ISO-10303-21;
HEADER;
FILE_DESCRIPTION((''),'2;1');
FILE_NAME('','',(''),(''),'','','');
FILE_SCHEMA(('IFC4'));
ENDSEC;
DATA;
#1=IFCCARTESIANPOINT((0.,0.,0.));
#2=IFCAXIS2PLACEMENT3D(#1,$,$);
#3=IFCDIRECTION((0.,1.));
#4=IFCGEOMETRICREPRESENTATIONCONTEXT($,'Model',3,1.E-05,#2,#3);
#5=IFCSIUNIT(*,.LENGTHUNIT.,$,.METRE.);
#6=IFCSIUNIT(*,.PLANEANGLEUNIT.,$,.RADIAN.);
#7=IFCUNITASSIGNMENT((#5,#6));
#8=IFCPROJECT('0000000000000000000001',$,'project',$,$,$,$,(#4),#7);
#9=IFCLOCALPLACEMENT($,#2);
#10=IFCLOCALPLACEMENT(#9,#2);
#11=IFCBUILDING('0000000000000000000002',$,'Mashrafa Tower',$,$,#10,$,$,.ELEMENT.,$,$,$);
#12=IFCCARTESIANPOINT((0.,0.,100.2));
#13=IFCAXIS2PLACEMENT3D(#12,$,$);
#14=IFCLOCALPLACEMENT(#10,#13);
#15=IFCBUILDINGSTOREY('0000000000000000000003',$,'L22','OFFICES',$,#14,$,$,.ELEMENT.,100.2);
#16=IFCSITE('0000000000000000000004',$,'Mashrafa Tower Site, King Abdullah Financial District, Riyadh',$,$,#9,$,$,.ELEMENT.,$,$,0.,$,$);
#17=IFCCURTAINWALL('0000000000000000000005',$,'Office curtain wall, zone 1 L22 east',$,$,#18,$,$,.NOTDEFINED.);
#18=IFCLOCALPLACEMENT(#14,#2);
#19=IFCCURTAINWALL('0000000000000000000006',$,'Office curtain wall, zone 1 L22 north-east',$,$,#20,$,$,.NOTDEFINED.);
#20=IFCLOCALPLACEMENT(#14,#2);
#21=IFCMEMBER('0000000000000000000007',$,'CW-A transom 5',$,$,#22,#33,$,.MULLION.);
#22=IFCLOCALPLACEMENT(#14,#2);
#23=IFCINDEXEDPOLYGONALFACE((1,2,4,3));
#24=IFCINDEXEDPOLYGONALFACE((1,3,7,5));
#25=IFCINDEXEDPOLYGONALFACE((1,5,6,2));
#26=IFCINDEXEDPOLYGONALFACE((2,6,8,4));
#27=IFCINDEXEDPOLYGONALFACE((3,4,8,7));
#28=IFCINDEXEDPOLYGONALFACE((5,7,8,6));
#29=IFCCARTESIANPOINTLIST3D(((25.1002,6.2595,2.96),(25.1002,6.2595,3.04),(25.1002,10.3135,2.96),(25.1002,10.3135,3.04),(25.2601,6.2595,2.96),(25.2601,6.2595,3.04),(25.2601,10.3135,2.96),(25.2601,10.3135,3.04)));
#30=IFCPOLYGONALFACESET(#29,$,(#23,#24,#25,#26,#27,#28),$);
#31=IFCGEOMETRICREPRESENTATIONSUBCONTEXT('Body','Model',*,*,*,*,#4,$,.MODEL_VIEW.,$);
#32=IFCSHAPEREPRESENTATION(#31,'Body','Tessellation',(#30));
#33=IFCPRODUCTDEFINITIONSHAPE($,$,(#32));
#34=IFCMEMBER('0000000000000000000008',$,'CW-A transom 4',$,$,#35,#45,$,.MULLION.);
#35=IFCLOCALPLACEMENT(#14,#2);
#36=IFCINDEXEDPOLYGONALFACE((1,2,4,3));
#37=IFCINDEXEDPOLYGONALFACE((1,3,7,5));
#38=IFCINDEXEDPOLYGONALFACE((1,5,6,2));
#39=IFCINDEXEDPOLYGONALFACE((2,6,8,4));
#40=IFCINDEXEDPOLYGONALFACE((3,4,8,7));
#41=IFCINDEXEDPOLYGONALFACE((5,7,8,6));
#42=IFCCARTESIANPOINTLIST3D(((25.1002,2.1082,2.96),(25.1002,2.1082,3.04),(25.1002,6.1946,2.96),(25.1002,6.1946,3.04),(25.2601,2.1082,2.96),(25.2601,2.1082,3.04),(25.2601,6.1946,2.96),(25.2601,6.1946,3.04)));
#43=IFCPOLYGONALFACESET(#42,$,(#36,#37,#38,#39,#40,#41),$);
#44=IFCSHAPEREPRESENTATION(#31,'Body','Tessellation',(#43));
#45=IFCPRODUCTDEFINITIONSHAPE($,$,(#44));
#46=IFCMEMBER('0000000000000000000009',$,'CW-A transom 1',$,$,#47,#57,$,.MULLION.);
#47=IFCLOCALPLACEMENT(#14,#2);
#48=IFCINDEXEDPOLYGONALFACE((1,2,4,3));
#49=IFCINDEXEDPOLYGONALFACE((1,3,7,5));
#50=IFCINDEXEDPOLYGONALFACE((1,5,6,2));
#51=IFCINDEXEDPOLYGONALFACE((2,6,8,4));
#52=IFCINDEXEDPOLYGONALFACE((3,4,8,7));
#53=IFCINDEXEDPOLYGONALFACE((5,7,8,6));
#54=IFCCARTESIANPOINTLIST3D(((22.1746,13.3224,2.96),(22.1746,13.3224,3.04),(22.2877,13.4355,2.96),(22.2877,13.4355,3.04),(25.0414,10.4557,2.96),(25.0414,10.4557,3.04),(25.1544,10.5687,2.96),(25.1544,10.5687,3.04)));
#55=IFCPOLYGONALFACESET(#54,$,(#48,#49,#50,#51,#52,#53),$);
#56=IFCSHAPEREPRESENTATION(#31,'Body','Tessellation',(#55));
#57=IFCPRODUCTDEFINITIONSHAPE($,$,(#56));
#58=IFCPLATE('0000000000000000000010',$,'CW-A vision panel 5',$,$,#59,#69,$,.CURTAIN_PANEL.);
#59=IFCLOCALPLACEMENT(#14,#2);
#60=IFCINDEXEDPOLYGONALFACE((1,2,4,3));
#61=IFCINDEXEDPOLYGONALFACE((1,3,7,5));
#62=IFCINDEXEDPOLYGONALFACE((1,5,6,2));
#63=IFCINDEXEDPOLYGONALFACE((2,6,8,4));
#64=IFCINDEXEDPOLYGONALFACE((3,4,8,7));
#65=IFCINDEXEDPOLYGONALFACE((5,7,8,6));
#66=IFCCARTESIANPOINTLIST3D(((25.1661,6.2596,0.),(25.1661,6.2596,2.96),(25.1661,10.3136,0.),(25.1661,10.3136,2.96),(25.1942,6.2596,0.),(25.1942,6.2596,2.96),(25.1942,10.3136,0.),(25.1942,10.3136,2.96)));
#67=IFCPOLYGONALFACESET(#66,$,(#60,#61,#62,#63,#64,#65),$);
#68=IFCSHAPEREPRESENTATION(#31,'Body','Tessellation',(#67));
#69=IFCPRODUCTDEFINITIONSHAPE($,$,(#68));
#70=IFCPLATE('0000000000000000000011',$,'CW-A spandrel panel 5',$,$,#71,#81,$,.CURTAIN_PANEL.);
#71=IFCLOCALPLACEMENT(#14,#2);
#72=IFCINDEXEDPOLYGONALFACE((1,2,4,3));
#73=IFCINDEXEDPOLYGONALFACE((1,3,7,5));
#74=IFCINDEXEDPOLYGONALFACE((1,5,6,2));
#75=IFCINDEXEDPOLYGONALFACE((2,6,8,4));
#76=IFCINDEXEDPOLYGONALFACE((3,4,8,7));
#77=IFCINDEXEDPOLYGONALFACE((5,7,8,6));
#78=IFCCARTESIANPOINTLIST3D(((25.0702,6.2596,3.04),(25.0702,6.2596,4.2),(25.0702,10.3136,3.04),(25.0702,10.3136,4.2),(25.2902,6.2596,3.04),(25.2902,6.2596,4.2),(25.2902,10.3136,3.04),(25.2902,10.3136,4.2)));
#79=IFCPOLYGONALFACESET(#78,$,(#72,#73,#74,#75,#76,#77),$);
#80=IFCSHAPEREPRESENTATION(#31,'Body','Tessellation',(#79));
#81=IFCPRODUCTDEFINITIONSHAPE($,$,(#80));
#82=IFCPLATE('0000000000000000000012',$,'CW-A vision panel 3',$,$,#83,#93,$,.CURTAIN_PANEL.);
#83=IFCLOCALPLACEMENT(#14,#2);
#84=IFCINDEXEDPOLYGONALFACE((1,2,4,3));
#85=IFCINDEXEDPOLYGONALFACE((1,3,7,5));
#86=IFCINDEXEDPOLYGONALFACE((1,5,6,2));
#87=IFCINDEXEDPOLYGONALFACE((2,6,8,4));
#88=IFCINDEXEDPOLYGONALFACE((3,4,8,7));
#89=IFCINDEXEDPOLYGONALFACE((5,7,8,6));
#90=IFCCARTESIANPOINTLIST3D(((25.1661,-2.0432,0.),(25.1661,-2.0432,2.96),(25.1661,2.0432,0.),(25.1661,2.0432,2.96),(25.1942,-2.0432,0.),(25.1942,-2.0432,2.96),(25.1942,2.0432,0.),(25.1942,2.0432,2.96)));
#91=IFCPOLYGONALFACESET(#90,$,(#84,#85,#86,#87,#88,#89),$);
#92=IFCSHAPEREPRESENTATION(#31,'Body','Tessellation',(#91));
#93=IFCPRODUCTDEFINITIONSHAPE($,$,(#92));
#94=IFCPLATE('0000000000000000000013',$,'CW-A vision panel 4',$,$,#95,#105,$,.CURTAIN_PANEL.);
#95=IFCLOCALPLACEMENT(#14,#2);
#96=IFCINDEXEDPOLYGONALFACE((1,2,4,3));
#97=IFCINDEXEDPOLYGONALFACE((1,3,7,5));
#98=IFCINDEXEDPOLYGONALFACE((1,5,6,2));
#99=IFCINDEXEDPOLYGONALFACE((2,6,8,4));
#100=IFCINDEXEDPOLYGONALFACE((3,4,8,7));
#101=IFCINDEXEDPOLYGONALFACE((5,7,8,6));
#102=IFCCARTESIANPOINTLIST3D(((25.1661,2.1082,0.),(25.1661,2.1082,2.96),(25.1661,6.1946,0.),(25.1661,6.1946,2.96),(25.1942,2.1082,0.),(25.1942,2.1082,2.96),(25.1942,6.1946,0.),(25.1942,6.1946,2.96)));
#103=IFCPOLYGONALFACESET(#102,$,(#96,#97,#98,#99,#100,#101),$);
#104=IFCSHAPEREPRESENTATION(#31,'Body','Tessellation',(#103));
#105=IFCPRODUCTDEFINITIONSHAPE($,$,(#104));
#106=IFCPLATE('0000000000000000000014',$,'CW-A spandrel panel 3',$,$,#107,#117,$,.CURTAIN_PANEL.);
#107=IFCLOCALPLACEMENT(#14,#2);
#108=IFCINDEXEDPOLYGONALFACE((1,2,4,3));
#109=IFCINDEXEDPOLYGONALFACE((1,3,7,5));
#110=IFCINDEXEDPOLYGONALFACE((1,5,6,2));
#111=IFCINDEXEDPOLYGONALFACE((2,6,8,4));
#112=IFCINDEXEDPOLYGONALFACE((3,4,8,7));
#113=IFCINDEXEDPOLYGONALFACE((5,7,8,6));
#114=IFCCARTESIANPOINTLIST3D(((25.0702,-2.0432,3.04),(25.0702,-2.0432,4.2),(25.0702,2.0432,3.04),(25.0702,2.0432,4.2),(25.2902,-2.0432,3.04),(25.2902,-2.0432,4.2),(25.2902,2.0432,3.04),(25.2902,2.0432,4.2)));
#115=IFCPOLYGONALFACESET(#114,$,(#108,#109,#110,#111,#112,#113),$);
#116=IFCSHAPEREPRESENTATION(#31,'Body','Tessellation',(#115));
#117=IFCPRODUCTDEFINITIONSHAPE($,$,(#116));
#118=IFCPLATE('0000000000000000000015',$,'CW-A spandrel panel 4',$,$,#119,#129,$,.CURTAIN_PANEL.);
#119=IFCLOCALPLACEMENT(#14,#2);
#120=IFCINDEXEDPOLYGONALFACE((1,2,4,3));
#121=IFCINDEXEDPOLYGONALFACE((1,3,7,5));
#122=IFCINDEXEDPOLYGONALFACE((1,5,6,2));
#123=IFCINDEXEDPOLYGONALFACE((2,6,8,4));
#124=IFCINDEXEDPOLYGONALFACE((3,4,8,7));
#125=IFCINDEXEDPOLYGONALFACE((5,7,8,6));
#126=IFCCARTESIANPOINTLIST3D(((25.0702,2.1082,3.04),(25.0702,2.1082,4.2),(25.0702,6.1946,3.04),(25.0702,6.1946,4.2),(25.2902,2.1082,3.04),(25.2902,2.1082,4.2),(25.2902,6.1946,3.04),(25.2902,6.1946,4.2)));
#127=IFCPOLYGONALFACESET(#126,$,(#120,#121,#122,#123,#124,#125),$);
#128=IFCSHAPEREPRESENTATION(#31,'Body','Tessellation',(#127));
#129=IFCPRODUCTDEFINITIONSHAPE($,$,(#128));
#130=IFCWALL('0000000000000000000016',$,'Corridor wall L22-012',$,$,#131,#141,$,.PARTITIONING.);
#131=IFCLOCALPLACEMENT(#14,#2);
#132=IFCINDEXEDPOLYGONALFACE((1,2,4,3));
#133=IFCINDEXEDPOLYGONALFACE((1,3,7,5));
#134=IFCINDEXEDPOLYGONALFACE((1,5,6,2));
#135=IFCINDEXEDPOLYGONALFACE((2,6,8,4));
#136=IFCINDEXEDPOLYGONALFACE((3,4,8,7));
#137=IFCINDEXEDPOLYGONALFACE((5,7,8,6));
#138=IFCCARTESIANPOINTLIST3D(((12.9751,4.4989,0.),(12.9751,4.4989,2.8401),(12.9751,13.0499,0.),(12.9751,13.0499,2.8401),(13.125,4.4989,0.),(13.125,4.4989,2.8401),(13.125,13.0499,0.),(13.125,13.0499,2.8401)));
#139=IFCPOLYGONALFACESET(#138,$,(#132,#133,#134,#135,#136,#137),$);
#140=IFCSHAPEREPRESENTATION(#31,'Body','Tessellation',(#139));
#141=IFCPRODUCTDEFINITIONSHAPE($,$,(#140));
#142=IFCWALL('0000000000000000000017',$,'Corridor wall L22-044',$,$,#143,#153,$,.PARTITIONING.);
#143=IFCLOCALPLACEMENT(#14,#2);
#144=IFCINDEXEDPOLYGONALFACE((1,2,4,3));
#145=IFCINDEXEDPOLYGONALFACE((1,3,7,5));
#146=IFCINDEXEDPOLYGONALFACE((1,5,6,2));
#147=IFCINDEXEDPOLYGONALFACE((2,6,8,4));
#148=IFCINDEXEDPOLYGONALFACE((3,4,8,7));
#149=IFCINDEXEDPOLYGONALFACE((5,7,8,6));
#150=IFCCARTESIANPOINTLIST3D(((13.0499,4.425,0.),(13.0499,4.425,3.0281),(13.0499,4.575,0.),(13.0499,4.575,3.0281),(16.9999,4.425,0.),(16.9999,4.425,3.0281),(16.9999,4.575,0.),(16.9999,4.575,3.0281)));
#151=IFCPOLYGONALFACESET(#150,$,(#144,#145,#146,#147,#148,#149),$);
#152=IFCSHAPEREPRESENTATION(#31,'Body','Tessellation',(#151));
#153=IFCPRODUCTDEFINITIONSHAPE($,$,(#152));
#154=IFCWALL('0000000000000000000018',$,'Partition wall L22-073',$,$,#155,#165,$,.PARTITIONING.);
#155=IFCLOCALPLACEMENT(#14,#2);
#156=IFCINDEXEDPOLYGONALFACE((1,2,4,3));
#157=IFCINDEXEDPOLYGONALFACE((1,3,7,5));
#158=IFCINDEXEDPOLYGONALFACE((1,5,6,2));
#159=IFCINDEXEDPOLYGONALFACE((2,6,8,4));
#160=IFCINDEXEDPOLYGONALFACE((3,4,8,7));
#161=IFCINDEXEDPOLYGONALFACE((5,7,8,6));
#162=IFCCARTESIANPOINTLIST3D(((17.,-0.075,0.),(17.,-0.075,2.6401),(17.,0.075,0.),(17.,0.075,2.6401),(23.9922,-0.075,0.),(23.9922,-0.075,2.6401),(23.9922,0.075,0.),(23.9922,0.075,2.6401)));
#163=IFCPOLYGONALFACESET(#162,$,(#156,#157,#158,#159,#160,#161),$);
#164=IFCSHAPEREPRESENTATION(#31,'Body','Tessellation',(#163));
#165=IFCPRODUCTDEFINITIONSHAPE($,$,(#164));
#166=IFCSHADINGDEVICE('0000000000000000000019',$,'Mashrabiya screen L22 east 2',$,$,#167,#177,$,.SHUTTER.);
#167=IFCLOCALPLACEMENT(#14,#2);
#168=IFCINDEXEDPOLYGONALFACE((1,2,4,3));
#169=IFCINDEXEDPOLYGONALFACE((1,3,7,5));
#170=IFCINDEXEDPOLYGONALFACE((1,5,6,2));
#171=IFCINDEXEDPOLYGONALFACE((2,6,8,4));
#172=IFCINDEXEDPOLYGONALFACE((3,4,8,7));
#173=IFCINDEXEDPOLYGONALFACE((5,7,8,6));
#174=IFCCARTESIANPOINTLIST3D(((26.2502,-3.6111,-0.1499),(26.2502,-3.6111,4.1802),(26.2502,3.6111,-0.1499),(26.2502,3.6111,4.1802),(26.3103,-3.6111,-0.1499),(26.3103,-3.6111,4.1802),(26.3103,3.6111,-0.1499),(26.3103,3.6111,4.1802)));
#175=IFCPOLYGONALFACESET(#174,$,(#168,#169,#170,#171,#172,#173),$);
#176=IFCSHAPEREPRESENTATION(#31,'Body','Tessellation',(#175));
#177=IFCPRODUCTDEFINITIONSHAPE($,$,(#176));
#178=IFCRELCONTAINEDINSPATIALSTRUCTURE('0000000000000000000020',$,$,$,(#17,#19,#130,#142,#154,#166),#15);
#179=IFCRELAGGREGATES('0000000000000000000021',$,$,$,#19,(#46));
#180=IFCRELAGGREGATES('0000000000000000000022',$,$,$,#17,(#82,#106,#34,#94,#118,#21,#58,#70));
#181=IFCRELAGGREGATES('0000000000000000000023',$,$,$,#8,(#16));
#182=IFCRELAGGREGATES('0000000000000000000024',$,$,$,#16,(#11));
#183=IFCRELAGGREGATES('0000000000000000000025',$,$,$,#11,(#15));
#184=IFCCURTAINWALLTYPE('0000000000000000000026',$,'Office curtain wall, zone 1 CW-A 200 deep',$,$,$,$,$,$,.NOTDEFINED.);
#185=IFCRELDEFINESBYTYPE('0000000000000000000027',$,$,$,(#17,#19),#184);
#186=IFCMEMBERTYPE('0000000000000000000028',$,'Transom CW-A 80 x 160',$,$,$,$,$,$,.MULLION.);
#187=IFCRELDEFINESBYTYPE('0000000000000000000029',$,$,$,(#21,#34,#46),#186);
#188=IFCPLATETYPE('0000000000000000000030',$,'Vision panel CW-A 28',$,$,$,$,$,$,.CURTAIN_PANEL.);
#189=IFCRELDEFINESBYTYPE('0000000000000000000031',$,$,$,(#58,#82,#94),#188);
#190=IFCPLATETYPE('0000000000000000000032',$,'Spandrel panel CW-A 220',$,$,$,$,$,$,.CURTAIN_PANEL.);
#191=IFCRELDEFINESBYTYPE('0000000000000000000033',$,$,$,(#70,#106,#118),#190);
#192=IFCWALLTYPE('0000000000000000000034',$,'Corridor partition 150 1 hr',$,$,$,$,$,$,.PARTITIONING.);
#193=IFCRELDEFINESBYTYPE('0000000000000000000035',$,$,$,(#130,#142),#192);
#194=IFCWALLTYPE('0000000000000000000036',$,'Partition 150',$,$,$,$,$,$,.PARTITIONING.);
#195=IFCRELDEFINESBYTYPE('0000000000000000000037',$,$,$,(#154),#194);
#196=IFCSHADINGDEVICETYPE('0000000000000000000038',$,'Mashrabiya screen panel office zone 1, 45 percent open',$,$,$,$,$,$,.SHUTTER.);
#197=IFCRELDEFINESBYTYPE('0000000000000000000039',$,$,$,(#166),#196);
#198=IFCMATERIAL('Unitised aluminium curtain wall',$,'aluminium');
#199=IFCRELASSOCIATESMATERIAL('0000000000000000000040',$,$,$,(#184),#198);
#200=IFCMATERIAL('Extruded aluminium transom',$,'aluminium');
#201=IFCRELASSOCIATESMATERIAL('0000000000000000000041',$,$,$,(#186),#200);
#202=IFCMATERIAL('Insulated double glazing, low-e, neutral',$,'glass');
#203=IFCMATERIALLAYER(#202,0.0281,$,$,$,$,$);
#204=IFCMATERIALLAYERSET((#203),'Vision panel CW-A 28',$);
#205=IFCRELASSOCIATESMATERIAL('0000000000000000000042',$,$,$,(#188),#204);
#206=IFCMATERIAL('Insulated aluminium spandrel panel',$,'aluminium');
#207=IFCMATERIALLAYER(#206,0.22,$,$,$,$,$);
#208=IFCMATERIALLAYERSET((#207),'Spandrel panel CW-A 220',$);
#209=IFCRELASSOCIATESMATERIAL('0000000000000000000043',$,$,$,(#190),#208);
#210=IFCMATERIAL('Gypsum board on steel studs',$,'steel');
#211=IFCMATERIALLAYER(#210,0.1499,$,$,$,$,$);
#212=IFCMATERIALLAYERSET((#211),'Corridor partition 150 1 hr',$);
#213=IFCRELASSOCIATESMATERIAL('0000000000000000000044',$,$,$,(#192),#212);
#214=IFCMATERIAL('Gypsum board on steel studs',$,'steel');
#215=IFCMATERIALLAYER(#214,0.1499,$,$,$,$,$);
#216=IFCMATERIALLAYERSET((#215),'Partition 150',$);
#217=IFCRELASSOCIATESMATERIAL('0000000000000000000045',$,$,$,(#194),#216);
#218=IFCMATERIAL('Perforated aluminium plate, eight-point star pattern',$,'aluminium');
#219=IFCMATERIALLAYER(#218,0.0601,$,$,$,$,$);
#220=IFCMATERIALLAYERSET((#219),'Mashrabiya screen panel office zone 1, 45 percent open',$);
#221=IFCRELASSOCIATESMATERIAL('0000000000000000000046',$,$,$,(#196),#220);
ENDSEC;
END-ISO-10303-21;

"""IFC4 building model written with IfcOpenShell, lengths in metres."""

from ifc_helpers import new_model, si_unit, direction, frame, frame_2d, origin, origin_2d, place, context, subcontext, project, spatial, rectangle, extrude, source, transform, mapped, material, layer, layer_set, material_profile, profile_set, type_object, type_shapes, element, aggregate, save


model = new_model("IFC4")

# Units and contexts
model_context = context("Model", 3, precision=1e-05, world=origin(), true_north=direction((0.0, 1.0)))
body_context = subcontext(model_context, "Body", "Model", "MODEL_VIEW")
ifc_project = project(units=[si_unit("LENGTHUNIT", "METRE"), si_unit("PLANEANGLEUNIT", "RADIAN")], contexts=[model_context])

# Site, building, storey
site_placement = place(None, origin())
site = spatial("IfcSite", under=ifc_project, at=site_placement, Name="Mashrafa Tower Site, King Abdullah Financial District, Riyadh", CompositionType="ELEMENT", RefElevation=0.0)
building_placement = place(site_placement, origin())
building = spatial("IfcBuilding", under=site, at=building_placement, Name="Mashrafa Tower", CompositionType="ELEMENT")
storey_placement = place(building_placement, frame((0.0, 0.0, 100.2)))
storey = spatial("IfcBuildingStorey", under=building, at=storey_placement, Name="L22", Description="OFFICES", CompositionType="ELEMENT", Elevation=100.2)

# Curtain wall
ifc_material_1 = material(Name="Unitised aluminium curtain wall", Category="aluminium")
curtain_wall_type = type_object("IfcCurtainWallType", Name="Office curtain wall, zone 1 CW-A 200 deep", PredefinedType="NOTDEFINED", material=ifc_material_1)
curtain_wall_1_placement = place(storey_placement, origin())
curtain_wall_1 = element("IfcCurtainWall", 1, at=curtain_wall_1_placement, inside=storey, type_object=curtain_wall_type, Name="Office curtain wall, zone 1 L22 east", PredefinedType="NOTDEFINED")

# Curtain wall
curtain_wall_2_placement = place(storey_placement, origin())
curtain_wall_2 = element("IfcCurtainWall", 2, at=curtain_wall_2_placement, inside=storey, type_object=curtain_wall_type, Name="Office curtain wall, zone 1 L22 north-east", PredefinedType="NOTDEFINED")

# Members
ifc_material_2 = material(Name="Extruded aluminium transom", Category="aluminium")
ifc_material_profile_1 = material_profile(ifc_material_2, rectangle(XDim=0.1599, YDim=0.0801, at=origin_2d()), Name="Transom 80x160")
ifc_profile_set_1 = profile_set([ifc_material_profile_1], Name="Extruded aluminium transom")
member_type_1 = type_object("IfcMemberType", Name="Transom CW-A 80 x 160", PredefinedType="MULLION", material=ifc_profile_set_1)
shared_shape_1 = source(origin(), body_context, "Body", "SweptSolid", [
    extrude(rectangle(XDim=0.1599, YDim=0.0801, at=origin_2d()), origin(), (0.0, 0.0, 1.0), 4.054),
])
member_1_placement = place(storey_placement, frame((25.1802, 6.2595, 3.0), z_axis=(0.0, 1.0, 0.0), x_axis=(-1.0, 0.0, 0.0)))
member_1 = element("IfcMember", 3, at=member_1_placement, type_object=member_type_1, Name="CW-A transom 5", PredefinedType="MULLION", context=body_context, shape_type="MappedRepresentation", body=[
    mapped(shared_shape_1, transform((0.0, 0.0, 0.0))),
])
shared_shape_2 = source(origin(), body_context, "Body", "SweptSolid", [
    extrude(rectangle(XDim=0.1599, YDim=0.0801, at=origin_2d()), origin(), (0.0, 0.0, 1.0), 4.0864),
])
member_2_placement = place(storey_placement, frame((25.1802, 2.1082, 3.0), z_axis=(0.0, 1.0, 0.0), x_axis=(-1.0, 0.0, 0.0)))
member_2 = element("IfcMember", 4, at=member_2_placement, type_object=member_type_1, Name="CW-A transom 4", PredefinedType="MULLION", context=body_context, shape_type="MappedRepresentation", body=[
    mapped(shared_shape_2, transform((0.0, 0.0, 0.0))),
])
shared_shape_3 = source(origin(), body_context, "Body", "SweptSolid", [
    extrude(rectangle(XDim=0.1599, YDim=0.0801, at=origin_2d()), origin(), (0.0, 0.0, 1.0), 4.0542),
])
type_shapes(member_type_1, [shared_shape_1, shared_shape_2, shared_shape_3])
member_3_placement = place(storey_placement, frame((25.0979, 10.5122, 3.0), z_axis=(-0.707107, 0.707107, 0.0), x_axis=(-0.707107, -0.707107, 0.0)))
member_3 = element("IfcMember", 5, at=member_3_placement, type_object=member_type_1, Name="CW-A transom 1", PredefinedType="MULLION", context=body_context, shape_type="MappedRepresentation", body=[
    mapped(shared_shape_3, transform((0.0, 0.0, 0.0))),
])
aggregate(curtain_wall_2, [member_3])

# Plates
ifc_material_3 = material(Name="Insulated double glazing, low-e, neutral", Category="glass")
ifc_layer_1 = layer(ifc_material_3, 0.0281)
ifc_layer_set_1 = layer_set([ifc_layer_1], Name="Vision panel CW-A 28")
plate_type_1 = type_object("IfcPlateType", Name="Vision panel CW-A 28", PredefinedType="CURTAIN_PANEL", material=ifc_layer_set_1)
shared_shape_4 = source(origin(), body_context, "Body", "SweptSolid", [
    extrude(rectangle(XDim=4.054, YDim=0.0281, at=origin_2d()), origin(), (0.0, 0.0, 1.0), 2.96),
])
plate_1_placement = place(storey_placement, frame((25.1802, 8.2866, 0.0), z_axis=(0.0, 0.0, 1.0), x_axis=(0.0, 1.0, 0.0)))
plate_1 = element("IfcPlate", 6, at=plate_1_placement, type_object=plate_type_1, Name="CW-A vision panel 5", PredefinedType="CURTAIN_PANEL", context=body_context, shape_type="MappedRepresentation", body=[
    mapped(shared_shape_4, transform((0.0, 0.0, 0.0))),
])
ifc_material_4 = material(Name="Insulated aluminium spandrel panel", Category="aluminium")
ifc_layer_2 = layer(ifc_material_4, 0.22)
ifc_layer_set_2 = layer_set([ifc_layer_2], Name="Spandrel panel CW-A 220")
plate_type_2 = type_object("IfcPlateType", Name="Spandrel panel CW-A 220", PredefinedType="CURTAIN_PANEL", material=ifc_layer_set_2)
shared_shape_5 = source(origin(), body_context, "Body", "SweptSolid", [
    extrude(rectangle(XDim=4.054, YDim=0.22, at=origin_2d()), origin(), (0.0, 0.0, 1.0), 1.1599),
])
plate_2_placement = place(storey_placement, frame((25.1802, 8.2866, 3.04), z_axis=(0.0, 0.0, 1.0), x_axis=(0.0, 1.0, 0.0)))
plate_2 = element("IfcPlate", 7, at=plate_2_placement, type_object=plate_type_2, Name="CW-A spandrel panel 5", PredefinedType="CURTAIN_PANEL", context=body_context, shape_type="MappedRepresentation", body=[
    mapped(shared_shape_5, transform((0.0, 0.0, 0.0))),
])
shared_shape_6 = source(origin(), body_context, "Body", "SweptSolid", [
    extrude(rectangle(XDim=4.0864, YDim=0.0281, at=origin_2d()), origin(), (0.0, 0.0, 1.0), 2.96),
])
type_shapes(plate_type_1, [shared_shape_4, shared_shape_6])
plate_3_placement = place(storey_placement, frame((25.1802, 0.0, 0.0), z_axis=(0.0, 0.0, 1.0), x_axis=(0.0, 1.0, 0.0)))
plate_3 = element("IfcPlate", 8, at=plate_3_placement, type_object=plate_type_1, Name="CW-A vision panel 3", PredefinedType="CURTAIN_PANEL", context=body_context, shape_type="MappedRepresentation", body=[
    mapped(shared_shape_6, transform((0.0, 0.0, 0.0))),
])
plate_4_placement = place(storey_placement, frame((25.1802, 4.1514, 0.0), z_axis=(0.0, 0.0, 1.0), x_axis=(0.0, 1.0, 0.0)))
plate_4 = element("IfcPlate", 9, at=plate_4_placement, type_object=plate_type_1, Name="CW-A vision panel 4", PredefinedType="CURTAIN_PANEL", context=body_context, shape_type="MappedRepresentation", body=[
    mapped(shared_shape_6, transform((0.0, 0.0, 0.0))),
])
shared_shape_7 = source(origin(), body_context, "Body", "SweptSolid", [
    extrude(rectangle(XDim=4.0864, YDim=0.22, at=origin_2d()), origin(), (0.0, 0.0, 1.0), 1.1599),
])
type_shapes(plate_type_2, [shared_shape_5, shared_shape_7])
plate_5_placement = place(storey_placement, frame((25.1802, 0.0, 3.04), z_axis=(0.0, 0.0, 1.0), x_axis=(0.0, 1.0, 0.0)))
plate_5 = element("IfcPlate", 10, at=plate_5_placement, type_object=plate_type_2, Name="CW-A spandrel panel 3", PredefinedType="CURTAIN_PANEL", context=body_context, shape_type="MappedRepresentation", body=[
    mapped(shared_shape_7, transform((0.0, 0.0, 0.0))),
])
plate_6_placement = place(storey_placement, frame((25.1802, 4.1514, 3.04), z_axis=(0.0, 0.0, 1.0), x_axis=(0.0, 1.0, 0.0)))
plate_6 = element("IfcPlate", 11, at=plate_6_placement, type_object=plate_type_2, Name="CW-A spandrel panel 4", PredefinedType="CURTAIN_PANEL", context=body_context, shape_type="MappedRepresentation", body=[
    mapped(shared_shape_7, transform((0.0, 0.0, 0.0))),
])
aggregate(curtain_wall_1, [plate_3, plate_5, member_2, plate_4, plate_6, member_1, plate_1, plate_2])

# Walls
ifc_material_5 = material(Name="Gypsum board on steel studs", Category="steel")
ifc_layer_3 = layer(ifc_material_5, 0.1499)
ifc_layer_set_3 = layer_set([ifc_layer_3], Name="Corridor partition 150 1 hr")
wall_type_1 = type_object("IfcWallType", Name="Corridor partition 150 1 hr", PredefinedType="PARTITIONING", material=ifc_layer_set_3)
wall_1_placement = place(storey_placement, frame((13.05, 4.499, 0.0), z_axis=(0.0, 0.0, 1.0), x_axis=(0.0, 1.0, 0.0)))
element("IfcWall", 12, at=wall_1_placement, inside=storey, type_object=wall_type_1, Name="Corridor wall L22-012", PredefinedType="PARTITIONING", context=body_context, shape_type="SweptSolid", body=[
    extrude(rectangle(XDim=8.551, YDim=0.1499, at=frame_2d((4.2754, 0.0))), origin(), (0.0, 0.0, 1.0), 2.8401),
])
wall_2_placement = place(storey_placement, frame((17.0, 4.5, 0.0), z_axis=(0.0, 0.0, 1.0), x_axis=(-1.0, 0.0, 0.0)))
element("IfcWall", 13, at=wall_2_placement, inside=storey, type_object=wall_type_1, Name="Corridor wall L22-044", PredefinedType="PARTITIONING", context=body_context, shape_type="SweptSolid", body=[
    extrude(rectangle(XDim=3.95, YDim=0.1499, at=frame_2d((1.9751, 0.0))), origin(), (0.0, 0.0, 1.0), 3.0281),
])
ifc_material_6 = material(Name="Gypsum board on steel studs", Category="steel")
ifc_layer_4 = layer(ifc_material_6, 0.1499)
ifc_layer_set_4 = layer_set([ifc_layer_4], Name="Partition 150")
wall_type_2 = type_object("IfcWallType", Name="Partition 150", PredefinedType="PARTITIONING", material=ifc_layer_set_4)
wall_3_placement = place(storey_placement, frame((17.0, 0.0, 0.0), z_axis=(0.0, 0.0, 1.0), x_axis=(1.0, 0.0, 0.0)))
element("IfcWall", 14, at=wall_3_placement, inside=storey, type_object=wall_type_2, Name="Partition wall L22-073", PredefinedType="PARTITIONING", context=body_context, shape_type="SweptSolid", body=[
    extrude(rectangle(XDim=6.9922, YDim=0.1499, at=frame_2d((3.4961, 0.0))), origin(), (0.0, 0.0, 1.0), 2.6401),
])

# Shading device
ifc_material_7 = material(Name="Perforated aluminium plate, eight-point star pattern", Category="aluminium")
ifc_layer_5 = layer(ifc_material_7, 0.0601)
ifc_layer_set_5 = layer_set([ifc_layer_5], Name="Mashrabiya screen panel office zone 1, 45 percent open")
shading_device_type = type_object("IfcShadingDeviceType", Name="Mashrabiya screen panel office zone 1, 45 percent open", PredefinedType="SHUTTER", material=ifc_layer_set_5)
shared_shape_8 = source(origin(), body_context, "Body", "SweptSolid", [
    extrude(rectangle(XDim=7.2222, YDim=0.0601, at=origin_2d()), origin(), (0.0, 0.0, 1.0), 4.3301),
])
type_shapes(shading_device_type, [shared_shape_8])
for number, where, z_axis, x_axis, name in (
    (15, (26.2803, 0.0, -0.1499), (0.0, 0.0, 1.0), (0.0, 1.0, 0.0), "Mashrabiya screen L22 east 2"),
):
    element("IfcShadingDevice", number, at=place(storey_placement, frame(where, z_axis=z_axis, x_axis=x_axis)), inside=storey, type_object=shading_device_type, Name=name, PredefinedType="SHUTTER", context=body_context, shape_type="MappedRepresentation", body=[
        mapped(shared_shape_8, transform((0.0, 0.0, 0.0))),
    ])

save(model, "model.ifc")
